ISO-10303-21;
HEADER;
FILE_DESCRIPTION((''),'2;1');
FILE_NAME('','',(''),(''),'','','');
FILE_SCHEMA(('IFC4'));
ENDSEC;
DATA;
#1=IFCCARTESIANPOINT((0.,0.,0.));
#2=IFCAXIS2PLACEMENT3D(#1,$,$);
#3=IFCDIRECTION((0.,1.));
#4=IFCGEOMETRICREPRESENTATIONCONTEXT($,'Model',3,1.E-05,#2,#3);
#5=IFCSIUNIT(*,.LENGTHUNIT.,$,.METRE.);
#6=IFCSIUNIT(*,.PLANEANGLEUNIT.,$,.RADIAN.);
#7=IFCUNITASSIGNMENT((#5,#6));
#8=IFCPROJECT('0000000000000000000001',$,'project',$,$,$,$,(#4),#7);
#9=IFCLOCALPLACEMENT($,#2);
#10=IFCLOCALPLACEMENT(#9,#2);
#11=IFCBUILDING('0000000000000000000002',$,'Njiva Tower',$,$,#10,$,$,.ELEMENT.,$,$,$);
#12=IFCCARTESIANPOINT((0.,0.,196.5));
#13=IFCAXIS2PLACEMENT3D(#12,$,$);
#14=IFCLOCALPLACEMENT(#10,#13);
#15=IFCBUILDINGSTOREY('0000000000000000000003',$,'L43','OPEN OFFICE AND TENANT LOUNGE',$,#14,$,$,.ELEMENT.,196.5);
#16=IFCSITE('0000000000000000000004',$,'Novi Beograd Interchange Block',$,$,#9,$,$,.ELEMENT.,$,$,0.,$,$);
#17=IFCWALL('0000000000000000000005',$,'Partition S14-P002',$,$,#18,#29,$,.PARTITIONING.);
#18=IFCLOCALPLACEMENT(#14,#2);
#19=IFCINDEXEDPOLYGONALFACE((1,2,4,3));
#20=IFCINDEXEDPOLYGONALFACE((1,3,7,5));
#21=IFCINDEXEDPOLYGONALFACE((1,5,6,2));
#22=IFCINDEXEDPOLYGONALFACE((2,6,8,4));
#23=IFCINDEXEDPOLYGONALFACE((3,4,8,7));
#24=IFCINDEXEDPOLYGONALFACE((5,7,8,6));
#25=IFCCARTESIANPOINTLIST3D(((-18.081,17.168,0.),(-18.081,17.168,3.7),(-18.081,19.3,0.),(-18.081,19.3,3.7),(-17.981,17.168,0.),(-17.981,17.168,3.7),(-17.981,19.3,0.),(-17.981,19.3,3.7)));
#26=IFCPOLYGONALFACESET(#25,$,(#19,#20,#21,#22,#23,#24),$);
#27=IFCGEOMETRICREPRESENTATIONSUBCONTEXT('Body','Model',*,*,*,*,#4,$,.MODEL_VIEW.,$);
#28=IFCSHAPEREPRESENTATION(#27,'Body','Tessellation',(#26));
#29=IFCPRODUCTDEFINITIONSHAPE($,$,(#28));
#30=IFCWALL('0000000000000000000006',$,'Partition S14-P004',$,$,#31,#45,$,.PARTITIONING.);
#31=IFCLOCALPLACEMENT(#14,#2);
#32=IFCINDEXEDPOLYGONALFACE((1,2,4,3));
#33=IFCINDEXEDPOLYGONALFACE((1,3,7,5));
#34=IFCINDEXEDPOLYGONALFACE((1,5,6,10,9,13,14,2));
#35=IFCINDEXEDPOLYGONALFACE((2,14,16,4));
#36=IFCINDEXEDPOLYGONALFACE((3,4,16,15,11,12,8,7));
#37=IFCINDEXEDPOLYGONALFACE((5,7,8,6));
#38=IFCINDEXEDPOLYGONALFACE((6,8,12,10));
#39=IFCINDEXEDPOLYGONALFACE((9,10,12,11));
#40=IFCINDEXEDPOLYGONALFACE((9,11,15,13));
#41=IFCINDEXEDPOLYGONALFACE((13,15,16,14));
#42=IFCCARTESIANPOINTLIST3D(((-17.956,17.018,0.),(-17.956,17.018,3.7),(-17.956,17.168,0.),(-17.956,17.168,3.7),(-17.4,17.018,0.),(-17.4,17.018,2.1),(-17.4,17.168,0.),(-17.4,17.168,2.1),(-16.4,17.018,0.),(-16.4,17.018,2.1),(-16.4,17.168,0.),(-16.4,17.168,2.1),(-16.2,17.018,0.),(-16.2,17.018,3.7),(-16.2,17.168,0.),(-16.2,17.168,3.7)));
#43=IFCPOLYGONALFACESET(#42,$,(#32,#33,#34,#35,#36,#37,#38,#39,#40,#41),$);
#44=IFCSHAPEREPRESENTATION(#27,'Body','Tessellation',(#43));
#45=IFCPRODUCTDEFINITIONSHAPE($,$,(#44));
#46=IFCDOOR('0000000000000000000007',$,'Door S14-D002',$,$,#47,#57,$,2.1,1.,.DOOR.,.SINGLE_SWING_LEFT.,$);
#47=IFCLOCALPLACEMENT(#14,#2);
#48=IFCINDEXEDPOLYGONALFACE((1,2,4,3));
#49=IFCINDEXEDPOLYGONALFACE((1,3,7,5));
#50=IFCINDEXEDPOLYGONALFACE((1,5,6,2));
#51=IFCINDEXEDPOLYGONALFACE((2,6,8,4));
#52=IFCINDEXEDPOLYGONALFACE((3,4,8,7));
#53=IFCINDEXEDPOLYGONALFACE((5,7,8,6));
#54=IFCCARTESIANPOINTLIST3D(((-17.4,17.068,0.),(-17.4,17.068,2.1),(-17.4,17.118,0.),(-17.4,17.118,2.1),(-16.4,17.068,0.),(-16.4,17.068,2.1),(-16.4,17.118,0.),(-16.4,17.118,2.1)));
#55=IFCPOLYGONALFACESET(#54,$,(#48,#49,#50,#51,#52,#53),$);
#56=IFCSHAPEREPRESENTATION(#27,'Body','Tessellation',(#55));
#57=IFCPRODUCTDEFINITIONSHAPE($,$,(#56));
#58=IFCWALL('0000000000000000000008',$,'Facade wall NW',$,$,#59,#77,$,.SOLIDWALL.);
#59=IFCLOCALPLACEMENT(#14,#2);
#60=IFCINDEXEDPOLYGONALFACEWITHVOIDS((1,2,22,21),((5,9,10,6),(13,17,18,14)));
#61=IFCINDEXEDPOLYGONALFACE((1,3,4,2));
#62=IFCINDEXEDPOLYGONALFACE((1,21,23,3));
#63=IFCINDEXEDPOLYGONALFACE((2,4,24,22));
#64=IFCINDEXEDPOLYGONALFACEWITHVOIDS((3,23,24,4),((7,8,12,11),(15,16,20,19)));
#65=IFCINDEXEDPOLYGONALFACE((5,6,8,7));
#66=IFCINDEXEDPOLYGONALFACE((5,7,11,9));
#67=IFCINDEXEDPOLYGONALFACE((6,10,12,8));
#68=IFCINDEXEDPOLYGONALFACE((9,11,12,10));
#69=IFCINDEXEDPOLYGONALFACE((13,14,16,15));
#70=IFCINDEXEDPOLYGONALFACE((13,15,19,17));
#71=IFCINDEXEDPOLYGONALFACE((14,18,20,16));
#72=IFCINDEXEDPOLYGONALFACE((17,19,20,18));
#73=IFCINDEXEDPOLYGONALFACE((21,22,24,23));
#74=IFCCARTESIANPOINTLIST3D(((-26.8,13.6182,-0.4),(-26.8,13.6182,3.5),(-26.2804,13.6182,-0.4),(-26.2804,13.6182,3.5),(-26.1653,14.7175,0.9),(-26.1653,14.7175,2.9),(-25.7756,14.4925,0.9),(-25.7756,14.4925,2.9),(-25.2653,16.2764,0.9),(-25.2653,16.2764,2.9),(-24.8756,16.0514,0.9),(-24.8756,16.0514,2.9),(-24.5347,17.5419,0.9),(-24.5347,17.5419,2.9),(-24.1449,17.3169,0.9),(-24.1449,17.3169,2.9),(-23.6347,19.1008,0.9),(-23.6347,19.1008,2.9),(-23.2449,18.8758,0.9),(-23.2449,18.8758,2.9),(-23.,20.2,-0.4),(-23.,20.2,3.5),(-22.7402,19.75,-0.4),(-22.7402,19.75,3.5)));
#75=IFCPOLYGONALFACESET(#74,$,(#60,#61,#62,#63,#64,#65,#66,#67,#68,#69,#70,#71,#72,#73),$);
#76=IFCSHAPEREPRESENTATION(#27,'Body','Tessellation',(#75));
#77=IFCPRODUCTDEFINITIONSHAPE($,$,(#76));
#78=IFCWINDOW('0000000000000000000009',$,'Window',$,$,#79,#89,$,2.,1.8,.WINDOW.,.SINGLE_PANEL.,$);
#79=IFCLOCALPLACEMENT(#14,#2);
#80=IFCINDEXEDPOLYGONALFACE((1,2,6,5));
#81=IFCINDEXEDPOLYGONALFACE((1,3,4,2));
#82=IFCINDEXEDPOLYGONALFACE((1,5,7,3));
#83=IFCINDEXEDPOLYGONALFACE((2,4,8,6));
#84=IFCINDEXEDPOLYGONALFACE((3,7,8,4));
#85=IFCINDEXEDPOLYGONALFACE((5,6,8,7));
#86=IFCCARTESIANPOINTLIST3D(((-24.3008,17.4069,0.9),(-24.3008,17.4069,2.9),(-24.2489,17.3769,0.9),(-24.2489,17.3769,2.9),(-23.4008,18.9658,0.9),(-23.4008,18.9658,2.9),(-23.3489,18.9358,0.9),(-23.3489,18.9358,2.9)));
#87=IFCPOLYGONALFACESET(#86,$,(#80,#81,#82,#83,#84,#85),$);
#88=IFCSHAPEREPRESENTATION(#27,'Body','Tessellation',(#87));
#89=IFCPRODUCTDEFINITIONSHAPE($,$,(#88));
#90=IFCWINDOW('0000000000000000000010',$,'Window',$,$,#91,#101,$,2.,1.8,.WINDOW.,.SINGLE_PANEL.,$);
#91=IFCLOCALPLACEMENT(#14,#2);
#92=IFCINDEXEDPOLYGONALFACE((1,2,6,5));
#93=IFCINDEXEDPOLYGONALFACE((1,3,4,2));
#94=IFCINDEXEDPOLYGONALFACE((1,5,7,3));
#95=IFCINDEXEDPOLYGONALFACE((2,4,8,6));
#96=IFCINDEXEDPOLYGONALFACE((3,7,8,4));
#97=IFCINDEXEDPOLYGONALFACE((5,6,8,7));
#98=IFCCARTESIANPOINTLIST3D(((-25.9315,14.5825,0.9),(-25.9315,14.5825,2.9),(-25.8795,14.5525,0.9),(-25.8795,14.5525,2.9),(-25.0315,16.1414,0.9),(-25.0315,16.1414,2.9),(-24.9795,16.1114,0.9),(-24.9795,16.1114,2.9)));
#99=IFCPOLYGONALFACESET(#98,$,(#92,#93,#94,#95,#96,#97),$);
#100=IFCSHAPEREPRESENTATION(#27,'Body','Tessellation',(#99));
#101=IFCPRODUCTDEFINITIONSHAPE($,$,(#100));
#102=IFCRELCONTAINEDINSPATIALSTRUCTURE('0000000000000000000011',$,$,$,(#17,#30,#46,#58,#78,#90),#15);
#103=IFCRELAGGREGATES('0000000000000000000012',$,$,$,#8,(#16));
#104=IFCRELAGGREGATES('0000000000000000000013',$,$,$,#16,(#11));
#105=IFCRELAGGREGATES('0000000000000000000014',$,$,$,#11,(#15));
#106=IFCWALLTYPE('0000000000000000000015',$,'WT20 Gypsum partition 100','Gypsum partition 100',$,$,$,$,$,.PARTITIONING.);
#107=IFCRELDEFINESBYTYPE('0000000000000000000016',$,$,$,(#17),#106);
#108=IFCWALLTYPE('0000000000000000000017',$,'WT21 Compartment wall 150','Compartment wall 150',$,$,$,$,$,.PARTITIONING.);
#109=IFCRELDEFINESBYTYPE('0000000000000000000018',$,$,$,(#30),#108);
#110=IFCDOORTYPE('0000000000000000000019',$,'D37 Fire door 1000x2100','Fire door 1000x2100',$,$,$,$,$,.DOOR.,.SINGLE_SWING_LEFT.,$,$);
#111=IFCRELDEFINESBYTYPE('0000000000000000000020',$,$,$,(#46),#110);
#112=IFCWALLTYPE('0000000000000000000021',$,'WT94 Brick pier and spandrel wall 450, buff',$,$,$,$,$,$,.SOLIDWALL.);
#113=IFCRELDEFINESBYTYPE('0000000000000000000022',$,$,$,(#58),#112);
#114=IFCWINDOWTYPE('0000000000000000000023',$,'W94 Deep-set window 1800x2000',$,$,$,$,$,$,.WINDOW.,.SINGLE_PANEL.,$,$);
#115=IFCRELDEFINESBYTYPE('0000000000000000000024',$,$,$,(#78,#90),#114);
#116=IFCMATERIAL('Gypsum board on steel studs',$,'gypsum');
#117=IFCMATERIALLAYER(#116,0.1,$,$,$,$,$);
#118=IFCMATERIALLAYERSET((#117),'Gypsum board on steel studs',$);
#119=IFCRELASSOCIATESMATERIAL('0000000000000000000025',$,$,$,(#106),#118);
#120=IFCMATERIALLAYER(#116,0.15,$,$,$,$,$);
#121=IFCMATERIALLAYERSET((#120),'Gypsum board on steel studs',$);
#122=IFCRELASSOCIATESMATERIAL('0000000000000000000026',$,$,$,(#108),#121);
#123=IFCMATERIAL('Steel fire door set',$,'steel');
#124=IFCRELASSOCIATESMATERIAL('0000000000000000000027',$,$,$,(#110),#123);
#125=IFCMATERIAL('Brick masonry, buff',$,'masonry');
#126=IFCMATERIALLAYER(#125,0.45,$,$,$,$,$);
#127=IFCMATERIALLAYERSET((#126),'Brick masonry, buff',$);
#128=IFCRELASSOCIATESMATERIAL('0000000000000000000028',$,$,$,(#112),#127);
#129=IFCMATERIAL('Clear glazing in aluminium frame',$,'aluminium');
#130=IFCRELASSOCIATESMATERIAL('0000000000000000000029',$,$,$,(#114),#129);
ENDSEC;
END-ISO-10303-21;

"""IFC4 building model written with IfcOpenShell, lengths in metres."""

from ifc_helpers import new_model, si_unit, direction, frame, frame_2d, origin, place, context, subcontext, project, spatial, polyline, rectangle, outline, extrude, material, layer, layer_set, type_object, element, fill, save


model = new_model("IFC4")

# Units and contexts
model_context = context("Model", 3, precision=1e-05, world=origin(), true_north=direction((0.0, 1.0)))
body_context = subcontext(model_context, "Body", "Model", "MODEL_VIEW")
ifc_project = project(units=[si_unit("LENGTHUNIT", "METRE"), si_unit("PLANEANGLEUNIT", "RADIAN")], contexts=[model_context])

# Site, building, storey
site_placement = place(None, origin())
site = spatial("IfcSite", under=ifc_project, at=site_placement, Name="Novi Beograd Interchange Block", CompositionType="ELEMENT", RefElevation=0.0)
building_placement = place(site_placement, origin())
building = spatial("IfcBuilding", under=site, at=building_placement, Name="Njiva Tower", CompositionType="ELEMENT")
storey_placement = place(building_placement, frame((0.0, 0.0, 196.5)))
storey = spatial("IfcBuildingStorey", under=building, at=storey_placement, Name="L43", Description="OPEN OFFICE AND TENANT LOUNGE", CompositionType="ELEMENT", Elevation=196.5)

# Wall
ifc_material_1 = material(Name="Gypsum board on steel studs", Category="gypsum")
ifc_layer_1 = layer(ifc_material_1, 0.1)
ifc_layer_set_1 = layer_set([ifc_layer_1], Name="Gypsum board on steel studs")
wall_type_1 = type_object("IfcWallType", Name="WT20 Gypsum partition 100", Description="Gypsum partition 100", PredefinedType="PARTITIONING", material=ifc_layer_set_1)
wall_1_placement = place(storey_placement, frame((-18.031, 17.168, 0.0), z_axis=(0.0, 0.0, 1.0), x_axis=(0.0, 1.0, 0.0)))
element("IfcWall", 1, at=wall_1_placement, inside=storey, type_object=wall_type_1, Name="Partition S14-P002", PredefinedType="PARTITIONING", context=body_context, shape_type="SweptSolid", body=[
    extrude(rectangle(XDim=2.132, YDim=0.1, at=frame_2d((1.066, 0.0))), origin(), (0.0, 0.0, 1.0), 3.7),
])

# Wall, opening, door
ifc_layer_2 = layer(ifc_material_1, 0.15)
ifc_layer_set_2 = layer_set([ifc_layer_2], Name="Gypsum board on steel studs")
wall_type_2 = type_object("IfcWallType", Name="WT21 Compartment wall 150", Description="Compartment wall 150", PredefinedType="PARTITIONING", material=ifc_layer_set_2)
wall_2_placement = place(storey_placement, frame((-17.956, 17.093, 0.0), z_axis=(0.0, 0.0, 1.0), x_axis=(1.0, 0.0, 0.0)))
wall_2 = element("IfcWall", 2, at=wall_2_placement, inside=storey, type_object=wall_type_2, Name="Partition S14-P004", PredefinedType="PARTITIONING", context=body_context, shape_type="SweptSolid", body=[
    extrude(rectangle(XDim=1.756, YDim=0.15, at=frame_2d((0.878, 0.0))), origin(), (0.0, 0.0, 1.0), 3.7),
])
opening_1_placement = place(wall_2_placement, frame((0.556, 0.0, 0.0)))
opening_1 = element("IfcOpeningElement", 3, at=opening_1_placement, cuts=wall_2, PredefinedType="OPENING", context=body_context, shape_type="SweptSolid", body=[
    extrude(rectangle(XDim=1.0, YDim=2.1, at=frame_2d((0.5, 1.05))), frame((0.0, 0.085, 0.0), z_axis=(0.0, -1.0, 0.0), x_axis=(1.0, 0.0, 0.0)), (0.0, 0.0, 1.0), 0.17),
])
ifc_material_2 = material(Name="Steel fire door set", Category="steel")
door_type = type_object("IfcDoorType", Name="D37 Fire door 1000x2100", Description="Fire door 1000x2100", OperationType="SINGLE_SWING_LEFT", PredefinedType="DOOR", material=ifc_material_2)
door_placement = place(opening_1_placement, origin())
door = element("IfcDoor", 4, at=door_placement, inside=storey, type_object=door_type, Name="Door S14-D002", OperationType="SINGLE_SWING_LEFT", OverallHeight=2.1, OverallWidth=1.0, PredefinedType="DOOR", context=body_context, shape_type="SweptSolid", body=[
    extrude(rectangle(XDim=1.0, YDim=2.1, at=frame_2d((0.5, 1.05))), frame((0.0, 0.025, 0.0), z_axis=(0.0, -1.0, 0.0), x_axis=(1.0, 0.0, 0.0)), (0.0, 0.0, 1.0), 0.05),
])
fill(opening_1, door)

# Wall, openings, windows
ifc_material_3 = material(Name="Clear glazing in aluminium frame", Category="aluminium")
ifc_material_4 = material(Name="Brick masonry, buff", Category="masonry")
ifc_layer_3 = layer(ifc_material_4, 0.45)
ifc_layer_set_3 = layer_set([ifc_layer_3], Name="Brick masonry, buff")
wall_type_3 = type_object("IfcWallType", Name="WT94 Brick pier and spandrel wall 450, buff", PredefinedType="SOLIDWALL", material=ifc_layer_set_3)
wall_3_placement = place(storey_placement, frame((-22.8701, 19.975, -0.4), z_axis=(0.0, 0.0, 1.0), x_axis=(-0.5, -0.866025, 0.0)))
wall_3 = element("IfcWall", 5, at=wall_3_placement, inside=storey, type_object=wall_type_3, Name="Facade wall NW", PredefinedType="SOLIDWALL", context=body_context, shape_type="SweptSolid", body=[
    extrude(outline(polyline([(-0.1299, -0.225), (7.4701, -0.225), (7.2103, 0.225), (0.1299, 0.225), (-0.1299, -0.225)])), origin(), (0.0, 0.0, 1.0), 3.9),
])
opening_2_placement = place(wall_3_placement, frame((1.1394, 0.0, 1.3)))
opening_2 = element("IfcOpeningElement", 6, at=opening_2_placement, cuts=wall_3, PredefinedType="OPENING", context=body_context, shape_type="SweptSolid", body=[
    extrude(rectangle(XDim=1.8, YDim=2.0, at=frame_2d((0.9, 1.0))), frame((0.0, 0.235, 0.0), z_axis=(0.0, -1.0, 0.0), x_axis=(1.0, 0.0, 0.0)), (0.0, 0.0, 1.0), 0.47),
])
opening_3_placement = place(wall_3_placement, frame((4.4007, 0.0, 1.3)))
opening_3 = element("IfcOpeningElement", 7, at=opening_3_placement, cuts=wall_3, PredefinedType="OPENING", context=body_context, shape_type="SweptSolid", body=[
    extrude(rectangle(XDim=1.8, YDim=2.0, at=frame_2d((0.9, 1.0))), frame((0.0, 0.235, 0.0), z_axis=(0.0, -1.0, 0.0), x_axis=(1.0, 0.0, 0.0)), (0.0, 0.0, 1.0), 0.47),
])
window_type_1 = type_object("IfcWindowType", Name="W94 Deep-set window 1800x2000", PartitioningType="SINGLE_PANEL", PredefinedType="WINDOW", material=ifc_material_3)
window_1_placement = place(opening_2_placement, origin())
window_1 = element("IfcWindow", 8, at=window_1_placement, inside=storey, type_object=window_type_1, Name="Window", OverallHeight=2.0, OverallWidth=1.8, PartitioningType="SINGLE_PANEL", PredefinedType="WINDOW", context=body_context, shape_type="SweptSolid", body=[
    extrude(rectangle(XDim=1.8, YDim=2.0, at=frame_2d((0.9, 1.0))), frame((0.0, 0.105, 0.0), z_axis=(0.0, -1.0, 0.0), x_axis=(1.0, 0.0, 0.0)), (0.0, 0.0, 1.0), 0.06),
])
fill(opening_2, window_1)
window_2_placement = place(opening_3_placement, origin())
window_2 = element("IfcWindow", 9, at=window_2_placement, inside=storey, type_object=window_type_1, Name="Window", OverallHeight=2.0, OverallWidth=1.8, PartitioningType="SINGLE_PANEL", PredefinedType="WINDOW", context=body_context, shape_type="SweptSolid", body=[
    extrude(rectangle(XDim=1.8, YDim=2.0, at=frame_2d((0.9, 1.0))), frame((0.0, 0.105, 0.0), z_axis=(0.0, -1.0, 0.0), x_axis=(1.0, 0.0, 0.0)), (0.0, 0.0, 1.0), 0.06),
])
fill(opening_3, window_2)

save(model, "model.ifc")
